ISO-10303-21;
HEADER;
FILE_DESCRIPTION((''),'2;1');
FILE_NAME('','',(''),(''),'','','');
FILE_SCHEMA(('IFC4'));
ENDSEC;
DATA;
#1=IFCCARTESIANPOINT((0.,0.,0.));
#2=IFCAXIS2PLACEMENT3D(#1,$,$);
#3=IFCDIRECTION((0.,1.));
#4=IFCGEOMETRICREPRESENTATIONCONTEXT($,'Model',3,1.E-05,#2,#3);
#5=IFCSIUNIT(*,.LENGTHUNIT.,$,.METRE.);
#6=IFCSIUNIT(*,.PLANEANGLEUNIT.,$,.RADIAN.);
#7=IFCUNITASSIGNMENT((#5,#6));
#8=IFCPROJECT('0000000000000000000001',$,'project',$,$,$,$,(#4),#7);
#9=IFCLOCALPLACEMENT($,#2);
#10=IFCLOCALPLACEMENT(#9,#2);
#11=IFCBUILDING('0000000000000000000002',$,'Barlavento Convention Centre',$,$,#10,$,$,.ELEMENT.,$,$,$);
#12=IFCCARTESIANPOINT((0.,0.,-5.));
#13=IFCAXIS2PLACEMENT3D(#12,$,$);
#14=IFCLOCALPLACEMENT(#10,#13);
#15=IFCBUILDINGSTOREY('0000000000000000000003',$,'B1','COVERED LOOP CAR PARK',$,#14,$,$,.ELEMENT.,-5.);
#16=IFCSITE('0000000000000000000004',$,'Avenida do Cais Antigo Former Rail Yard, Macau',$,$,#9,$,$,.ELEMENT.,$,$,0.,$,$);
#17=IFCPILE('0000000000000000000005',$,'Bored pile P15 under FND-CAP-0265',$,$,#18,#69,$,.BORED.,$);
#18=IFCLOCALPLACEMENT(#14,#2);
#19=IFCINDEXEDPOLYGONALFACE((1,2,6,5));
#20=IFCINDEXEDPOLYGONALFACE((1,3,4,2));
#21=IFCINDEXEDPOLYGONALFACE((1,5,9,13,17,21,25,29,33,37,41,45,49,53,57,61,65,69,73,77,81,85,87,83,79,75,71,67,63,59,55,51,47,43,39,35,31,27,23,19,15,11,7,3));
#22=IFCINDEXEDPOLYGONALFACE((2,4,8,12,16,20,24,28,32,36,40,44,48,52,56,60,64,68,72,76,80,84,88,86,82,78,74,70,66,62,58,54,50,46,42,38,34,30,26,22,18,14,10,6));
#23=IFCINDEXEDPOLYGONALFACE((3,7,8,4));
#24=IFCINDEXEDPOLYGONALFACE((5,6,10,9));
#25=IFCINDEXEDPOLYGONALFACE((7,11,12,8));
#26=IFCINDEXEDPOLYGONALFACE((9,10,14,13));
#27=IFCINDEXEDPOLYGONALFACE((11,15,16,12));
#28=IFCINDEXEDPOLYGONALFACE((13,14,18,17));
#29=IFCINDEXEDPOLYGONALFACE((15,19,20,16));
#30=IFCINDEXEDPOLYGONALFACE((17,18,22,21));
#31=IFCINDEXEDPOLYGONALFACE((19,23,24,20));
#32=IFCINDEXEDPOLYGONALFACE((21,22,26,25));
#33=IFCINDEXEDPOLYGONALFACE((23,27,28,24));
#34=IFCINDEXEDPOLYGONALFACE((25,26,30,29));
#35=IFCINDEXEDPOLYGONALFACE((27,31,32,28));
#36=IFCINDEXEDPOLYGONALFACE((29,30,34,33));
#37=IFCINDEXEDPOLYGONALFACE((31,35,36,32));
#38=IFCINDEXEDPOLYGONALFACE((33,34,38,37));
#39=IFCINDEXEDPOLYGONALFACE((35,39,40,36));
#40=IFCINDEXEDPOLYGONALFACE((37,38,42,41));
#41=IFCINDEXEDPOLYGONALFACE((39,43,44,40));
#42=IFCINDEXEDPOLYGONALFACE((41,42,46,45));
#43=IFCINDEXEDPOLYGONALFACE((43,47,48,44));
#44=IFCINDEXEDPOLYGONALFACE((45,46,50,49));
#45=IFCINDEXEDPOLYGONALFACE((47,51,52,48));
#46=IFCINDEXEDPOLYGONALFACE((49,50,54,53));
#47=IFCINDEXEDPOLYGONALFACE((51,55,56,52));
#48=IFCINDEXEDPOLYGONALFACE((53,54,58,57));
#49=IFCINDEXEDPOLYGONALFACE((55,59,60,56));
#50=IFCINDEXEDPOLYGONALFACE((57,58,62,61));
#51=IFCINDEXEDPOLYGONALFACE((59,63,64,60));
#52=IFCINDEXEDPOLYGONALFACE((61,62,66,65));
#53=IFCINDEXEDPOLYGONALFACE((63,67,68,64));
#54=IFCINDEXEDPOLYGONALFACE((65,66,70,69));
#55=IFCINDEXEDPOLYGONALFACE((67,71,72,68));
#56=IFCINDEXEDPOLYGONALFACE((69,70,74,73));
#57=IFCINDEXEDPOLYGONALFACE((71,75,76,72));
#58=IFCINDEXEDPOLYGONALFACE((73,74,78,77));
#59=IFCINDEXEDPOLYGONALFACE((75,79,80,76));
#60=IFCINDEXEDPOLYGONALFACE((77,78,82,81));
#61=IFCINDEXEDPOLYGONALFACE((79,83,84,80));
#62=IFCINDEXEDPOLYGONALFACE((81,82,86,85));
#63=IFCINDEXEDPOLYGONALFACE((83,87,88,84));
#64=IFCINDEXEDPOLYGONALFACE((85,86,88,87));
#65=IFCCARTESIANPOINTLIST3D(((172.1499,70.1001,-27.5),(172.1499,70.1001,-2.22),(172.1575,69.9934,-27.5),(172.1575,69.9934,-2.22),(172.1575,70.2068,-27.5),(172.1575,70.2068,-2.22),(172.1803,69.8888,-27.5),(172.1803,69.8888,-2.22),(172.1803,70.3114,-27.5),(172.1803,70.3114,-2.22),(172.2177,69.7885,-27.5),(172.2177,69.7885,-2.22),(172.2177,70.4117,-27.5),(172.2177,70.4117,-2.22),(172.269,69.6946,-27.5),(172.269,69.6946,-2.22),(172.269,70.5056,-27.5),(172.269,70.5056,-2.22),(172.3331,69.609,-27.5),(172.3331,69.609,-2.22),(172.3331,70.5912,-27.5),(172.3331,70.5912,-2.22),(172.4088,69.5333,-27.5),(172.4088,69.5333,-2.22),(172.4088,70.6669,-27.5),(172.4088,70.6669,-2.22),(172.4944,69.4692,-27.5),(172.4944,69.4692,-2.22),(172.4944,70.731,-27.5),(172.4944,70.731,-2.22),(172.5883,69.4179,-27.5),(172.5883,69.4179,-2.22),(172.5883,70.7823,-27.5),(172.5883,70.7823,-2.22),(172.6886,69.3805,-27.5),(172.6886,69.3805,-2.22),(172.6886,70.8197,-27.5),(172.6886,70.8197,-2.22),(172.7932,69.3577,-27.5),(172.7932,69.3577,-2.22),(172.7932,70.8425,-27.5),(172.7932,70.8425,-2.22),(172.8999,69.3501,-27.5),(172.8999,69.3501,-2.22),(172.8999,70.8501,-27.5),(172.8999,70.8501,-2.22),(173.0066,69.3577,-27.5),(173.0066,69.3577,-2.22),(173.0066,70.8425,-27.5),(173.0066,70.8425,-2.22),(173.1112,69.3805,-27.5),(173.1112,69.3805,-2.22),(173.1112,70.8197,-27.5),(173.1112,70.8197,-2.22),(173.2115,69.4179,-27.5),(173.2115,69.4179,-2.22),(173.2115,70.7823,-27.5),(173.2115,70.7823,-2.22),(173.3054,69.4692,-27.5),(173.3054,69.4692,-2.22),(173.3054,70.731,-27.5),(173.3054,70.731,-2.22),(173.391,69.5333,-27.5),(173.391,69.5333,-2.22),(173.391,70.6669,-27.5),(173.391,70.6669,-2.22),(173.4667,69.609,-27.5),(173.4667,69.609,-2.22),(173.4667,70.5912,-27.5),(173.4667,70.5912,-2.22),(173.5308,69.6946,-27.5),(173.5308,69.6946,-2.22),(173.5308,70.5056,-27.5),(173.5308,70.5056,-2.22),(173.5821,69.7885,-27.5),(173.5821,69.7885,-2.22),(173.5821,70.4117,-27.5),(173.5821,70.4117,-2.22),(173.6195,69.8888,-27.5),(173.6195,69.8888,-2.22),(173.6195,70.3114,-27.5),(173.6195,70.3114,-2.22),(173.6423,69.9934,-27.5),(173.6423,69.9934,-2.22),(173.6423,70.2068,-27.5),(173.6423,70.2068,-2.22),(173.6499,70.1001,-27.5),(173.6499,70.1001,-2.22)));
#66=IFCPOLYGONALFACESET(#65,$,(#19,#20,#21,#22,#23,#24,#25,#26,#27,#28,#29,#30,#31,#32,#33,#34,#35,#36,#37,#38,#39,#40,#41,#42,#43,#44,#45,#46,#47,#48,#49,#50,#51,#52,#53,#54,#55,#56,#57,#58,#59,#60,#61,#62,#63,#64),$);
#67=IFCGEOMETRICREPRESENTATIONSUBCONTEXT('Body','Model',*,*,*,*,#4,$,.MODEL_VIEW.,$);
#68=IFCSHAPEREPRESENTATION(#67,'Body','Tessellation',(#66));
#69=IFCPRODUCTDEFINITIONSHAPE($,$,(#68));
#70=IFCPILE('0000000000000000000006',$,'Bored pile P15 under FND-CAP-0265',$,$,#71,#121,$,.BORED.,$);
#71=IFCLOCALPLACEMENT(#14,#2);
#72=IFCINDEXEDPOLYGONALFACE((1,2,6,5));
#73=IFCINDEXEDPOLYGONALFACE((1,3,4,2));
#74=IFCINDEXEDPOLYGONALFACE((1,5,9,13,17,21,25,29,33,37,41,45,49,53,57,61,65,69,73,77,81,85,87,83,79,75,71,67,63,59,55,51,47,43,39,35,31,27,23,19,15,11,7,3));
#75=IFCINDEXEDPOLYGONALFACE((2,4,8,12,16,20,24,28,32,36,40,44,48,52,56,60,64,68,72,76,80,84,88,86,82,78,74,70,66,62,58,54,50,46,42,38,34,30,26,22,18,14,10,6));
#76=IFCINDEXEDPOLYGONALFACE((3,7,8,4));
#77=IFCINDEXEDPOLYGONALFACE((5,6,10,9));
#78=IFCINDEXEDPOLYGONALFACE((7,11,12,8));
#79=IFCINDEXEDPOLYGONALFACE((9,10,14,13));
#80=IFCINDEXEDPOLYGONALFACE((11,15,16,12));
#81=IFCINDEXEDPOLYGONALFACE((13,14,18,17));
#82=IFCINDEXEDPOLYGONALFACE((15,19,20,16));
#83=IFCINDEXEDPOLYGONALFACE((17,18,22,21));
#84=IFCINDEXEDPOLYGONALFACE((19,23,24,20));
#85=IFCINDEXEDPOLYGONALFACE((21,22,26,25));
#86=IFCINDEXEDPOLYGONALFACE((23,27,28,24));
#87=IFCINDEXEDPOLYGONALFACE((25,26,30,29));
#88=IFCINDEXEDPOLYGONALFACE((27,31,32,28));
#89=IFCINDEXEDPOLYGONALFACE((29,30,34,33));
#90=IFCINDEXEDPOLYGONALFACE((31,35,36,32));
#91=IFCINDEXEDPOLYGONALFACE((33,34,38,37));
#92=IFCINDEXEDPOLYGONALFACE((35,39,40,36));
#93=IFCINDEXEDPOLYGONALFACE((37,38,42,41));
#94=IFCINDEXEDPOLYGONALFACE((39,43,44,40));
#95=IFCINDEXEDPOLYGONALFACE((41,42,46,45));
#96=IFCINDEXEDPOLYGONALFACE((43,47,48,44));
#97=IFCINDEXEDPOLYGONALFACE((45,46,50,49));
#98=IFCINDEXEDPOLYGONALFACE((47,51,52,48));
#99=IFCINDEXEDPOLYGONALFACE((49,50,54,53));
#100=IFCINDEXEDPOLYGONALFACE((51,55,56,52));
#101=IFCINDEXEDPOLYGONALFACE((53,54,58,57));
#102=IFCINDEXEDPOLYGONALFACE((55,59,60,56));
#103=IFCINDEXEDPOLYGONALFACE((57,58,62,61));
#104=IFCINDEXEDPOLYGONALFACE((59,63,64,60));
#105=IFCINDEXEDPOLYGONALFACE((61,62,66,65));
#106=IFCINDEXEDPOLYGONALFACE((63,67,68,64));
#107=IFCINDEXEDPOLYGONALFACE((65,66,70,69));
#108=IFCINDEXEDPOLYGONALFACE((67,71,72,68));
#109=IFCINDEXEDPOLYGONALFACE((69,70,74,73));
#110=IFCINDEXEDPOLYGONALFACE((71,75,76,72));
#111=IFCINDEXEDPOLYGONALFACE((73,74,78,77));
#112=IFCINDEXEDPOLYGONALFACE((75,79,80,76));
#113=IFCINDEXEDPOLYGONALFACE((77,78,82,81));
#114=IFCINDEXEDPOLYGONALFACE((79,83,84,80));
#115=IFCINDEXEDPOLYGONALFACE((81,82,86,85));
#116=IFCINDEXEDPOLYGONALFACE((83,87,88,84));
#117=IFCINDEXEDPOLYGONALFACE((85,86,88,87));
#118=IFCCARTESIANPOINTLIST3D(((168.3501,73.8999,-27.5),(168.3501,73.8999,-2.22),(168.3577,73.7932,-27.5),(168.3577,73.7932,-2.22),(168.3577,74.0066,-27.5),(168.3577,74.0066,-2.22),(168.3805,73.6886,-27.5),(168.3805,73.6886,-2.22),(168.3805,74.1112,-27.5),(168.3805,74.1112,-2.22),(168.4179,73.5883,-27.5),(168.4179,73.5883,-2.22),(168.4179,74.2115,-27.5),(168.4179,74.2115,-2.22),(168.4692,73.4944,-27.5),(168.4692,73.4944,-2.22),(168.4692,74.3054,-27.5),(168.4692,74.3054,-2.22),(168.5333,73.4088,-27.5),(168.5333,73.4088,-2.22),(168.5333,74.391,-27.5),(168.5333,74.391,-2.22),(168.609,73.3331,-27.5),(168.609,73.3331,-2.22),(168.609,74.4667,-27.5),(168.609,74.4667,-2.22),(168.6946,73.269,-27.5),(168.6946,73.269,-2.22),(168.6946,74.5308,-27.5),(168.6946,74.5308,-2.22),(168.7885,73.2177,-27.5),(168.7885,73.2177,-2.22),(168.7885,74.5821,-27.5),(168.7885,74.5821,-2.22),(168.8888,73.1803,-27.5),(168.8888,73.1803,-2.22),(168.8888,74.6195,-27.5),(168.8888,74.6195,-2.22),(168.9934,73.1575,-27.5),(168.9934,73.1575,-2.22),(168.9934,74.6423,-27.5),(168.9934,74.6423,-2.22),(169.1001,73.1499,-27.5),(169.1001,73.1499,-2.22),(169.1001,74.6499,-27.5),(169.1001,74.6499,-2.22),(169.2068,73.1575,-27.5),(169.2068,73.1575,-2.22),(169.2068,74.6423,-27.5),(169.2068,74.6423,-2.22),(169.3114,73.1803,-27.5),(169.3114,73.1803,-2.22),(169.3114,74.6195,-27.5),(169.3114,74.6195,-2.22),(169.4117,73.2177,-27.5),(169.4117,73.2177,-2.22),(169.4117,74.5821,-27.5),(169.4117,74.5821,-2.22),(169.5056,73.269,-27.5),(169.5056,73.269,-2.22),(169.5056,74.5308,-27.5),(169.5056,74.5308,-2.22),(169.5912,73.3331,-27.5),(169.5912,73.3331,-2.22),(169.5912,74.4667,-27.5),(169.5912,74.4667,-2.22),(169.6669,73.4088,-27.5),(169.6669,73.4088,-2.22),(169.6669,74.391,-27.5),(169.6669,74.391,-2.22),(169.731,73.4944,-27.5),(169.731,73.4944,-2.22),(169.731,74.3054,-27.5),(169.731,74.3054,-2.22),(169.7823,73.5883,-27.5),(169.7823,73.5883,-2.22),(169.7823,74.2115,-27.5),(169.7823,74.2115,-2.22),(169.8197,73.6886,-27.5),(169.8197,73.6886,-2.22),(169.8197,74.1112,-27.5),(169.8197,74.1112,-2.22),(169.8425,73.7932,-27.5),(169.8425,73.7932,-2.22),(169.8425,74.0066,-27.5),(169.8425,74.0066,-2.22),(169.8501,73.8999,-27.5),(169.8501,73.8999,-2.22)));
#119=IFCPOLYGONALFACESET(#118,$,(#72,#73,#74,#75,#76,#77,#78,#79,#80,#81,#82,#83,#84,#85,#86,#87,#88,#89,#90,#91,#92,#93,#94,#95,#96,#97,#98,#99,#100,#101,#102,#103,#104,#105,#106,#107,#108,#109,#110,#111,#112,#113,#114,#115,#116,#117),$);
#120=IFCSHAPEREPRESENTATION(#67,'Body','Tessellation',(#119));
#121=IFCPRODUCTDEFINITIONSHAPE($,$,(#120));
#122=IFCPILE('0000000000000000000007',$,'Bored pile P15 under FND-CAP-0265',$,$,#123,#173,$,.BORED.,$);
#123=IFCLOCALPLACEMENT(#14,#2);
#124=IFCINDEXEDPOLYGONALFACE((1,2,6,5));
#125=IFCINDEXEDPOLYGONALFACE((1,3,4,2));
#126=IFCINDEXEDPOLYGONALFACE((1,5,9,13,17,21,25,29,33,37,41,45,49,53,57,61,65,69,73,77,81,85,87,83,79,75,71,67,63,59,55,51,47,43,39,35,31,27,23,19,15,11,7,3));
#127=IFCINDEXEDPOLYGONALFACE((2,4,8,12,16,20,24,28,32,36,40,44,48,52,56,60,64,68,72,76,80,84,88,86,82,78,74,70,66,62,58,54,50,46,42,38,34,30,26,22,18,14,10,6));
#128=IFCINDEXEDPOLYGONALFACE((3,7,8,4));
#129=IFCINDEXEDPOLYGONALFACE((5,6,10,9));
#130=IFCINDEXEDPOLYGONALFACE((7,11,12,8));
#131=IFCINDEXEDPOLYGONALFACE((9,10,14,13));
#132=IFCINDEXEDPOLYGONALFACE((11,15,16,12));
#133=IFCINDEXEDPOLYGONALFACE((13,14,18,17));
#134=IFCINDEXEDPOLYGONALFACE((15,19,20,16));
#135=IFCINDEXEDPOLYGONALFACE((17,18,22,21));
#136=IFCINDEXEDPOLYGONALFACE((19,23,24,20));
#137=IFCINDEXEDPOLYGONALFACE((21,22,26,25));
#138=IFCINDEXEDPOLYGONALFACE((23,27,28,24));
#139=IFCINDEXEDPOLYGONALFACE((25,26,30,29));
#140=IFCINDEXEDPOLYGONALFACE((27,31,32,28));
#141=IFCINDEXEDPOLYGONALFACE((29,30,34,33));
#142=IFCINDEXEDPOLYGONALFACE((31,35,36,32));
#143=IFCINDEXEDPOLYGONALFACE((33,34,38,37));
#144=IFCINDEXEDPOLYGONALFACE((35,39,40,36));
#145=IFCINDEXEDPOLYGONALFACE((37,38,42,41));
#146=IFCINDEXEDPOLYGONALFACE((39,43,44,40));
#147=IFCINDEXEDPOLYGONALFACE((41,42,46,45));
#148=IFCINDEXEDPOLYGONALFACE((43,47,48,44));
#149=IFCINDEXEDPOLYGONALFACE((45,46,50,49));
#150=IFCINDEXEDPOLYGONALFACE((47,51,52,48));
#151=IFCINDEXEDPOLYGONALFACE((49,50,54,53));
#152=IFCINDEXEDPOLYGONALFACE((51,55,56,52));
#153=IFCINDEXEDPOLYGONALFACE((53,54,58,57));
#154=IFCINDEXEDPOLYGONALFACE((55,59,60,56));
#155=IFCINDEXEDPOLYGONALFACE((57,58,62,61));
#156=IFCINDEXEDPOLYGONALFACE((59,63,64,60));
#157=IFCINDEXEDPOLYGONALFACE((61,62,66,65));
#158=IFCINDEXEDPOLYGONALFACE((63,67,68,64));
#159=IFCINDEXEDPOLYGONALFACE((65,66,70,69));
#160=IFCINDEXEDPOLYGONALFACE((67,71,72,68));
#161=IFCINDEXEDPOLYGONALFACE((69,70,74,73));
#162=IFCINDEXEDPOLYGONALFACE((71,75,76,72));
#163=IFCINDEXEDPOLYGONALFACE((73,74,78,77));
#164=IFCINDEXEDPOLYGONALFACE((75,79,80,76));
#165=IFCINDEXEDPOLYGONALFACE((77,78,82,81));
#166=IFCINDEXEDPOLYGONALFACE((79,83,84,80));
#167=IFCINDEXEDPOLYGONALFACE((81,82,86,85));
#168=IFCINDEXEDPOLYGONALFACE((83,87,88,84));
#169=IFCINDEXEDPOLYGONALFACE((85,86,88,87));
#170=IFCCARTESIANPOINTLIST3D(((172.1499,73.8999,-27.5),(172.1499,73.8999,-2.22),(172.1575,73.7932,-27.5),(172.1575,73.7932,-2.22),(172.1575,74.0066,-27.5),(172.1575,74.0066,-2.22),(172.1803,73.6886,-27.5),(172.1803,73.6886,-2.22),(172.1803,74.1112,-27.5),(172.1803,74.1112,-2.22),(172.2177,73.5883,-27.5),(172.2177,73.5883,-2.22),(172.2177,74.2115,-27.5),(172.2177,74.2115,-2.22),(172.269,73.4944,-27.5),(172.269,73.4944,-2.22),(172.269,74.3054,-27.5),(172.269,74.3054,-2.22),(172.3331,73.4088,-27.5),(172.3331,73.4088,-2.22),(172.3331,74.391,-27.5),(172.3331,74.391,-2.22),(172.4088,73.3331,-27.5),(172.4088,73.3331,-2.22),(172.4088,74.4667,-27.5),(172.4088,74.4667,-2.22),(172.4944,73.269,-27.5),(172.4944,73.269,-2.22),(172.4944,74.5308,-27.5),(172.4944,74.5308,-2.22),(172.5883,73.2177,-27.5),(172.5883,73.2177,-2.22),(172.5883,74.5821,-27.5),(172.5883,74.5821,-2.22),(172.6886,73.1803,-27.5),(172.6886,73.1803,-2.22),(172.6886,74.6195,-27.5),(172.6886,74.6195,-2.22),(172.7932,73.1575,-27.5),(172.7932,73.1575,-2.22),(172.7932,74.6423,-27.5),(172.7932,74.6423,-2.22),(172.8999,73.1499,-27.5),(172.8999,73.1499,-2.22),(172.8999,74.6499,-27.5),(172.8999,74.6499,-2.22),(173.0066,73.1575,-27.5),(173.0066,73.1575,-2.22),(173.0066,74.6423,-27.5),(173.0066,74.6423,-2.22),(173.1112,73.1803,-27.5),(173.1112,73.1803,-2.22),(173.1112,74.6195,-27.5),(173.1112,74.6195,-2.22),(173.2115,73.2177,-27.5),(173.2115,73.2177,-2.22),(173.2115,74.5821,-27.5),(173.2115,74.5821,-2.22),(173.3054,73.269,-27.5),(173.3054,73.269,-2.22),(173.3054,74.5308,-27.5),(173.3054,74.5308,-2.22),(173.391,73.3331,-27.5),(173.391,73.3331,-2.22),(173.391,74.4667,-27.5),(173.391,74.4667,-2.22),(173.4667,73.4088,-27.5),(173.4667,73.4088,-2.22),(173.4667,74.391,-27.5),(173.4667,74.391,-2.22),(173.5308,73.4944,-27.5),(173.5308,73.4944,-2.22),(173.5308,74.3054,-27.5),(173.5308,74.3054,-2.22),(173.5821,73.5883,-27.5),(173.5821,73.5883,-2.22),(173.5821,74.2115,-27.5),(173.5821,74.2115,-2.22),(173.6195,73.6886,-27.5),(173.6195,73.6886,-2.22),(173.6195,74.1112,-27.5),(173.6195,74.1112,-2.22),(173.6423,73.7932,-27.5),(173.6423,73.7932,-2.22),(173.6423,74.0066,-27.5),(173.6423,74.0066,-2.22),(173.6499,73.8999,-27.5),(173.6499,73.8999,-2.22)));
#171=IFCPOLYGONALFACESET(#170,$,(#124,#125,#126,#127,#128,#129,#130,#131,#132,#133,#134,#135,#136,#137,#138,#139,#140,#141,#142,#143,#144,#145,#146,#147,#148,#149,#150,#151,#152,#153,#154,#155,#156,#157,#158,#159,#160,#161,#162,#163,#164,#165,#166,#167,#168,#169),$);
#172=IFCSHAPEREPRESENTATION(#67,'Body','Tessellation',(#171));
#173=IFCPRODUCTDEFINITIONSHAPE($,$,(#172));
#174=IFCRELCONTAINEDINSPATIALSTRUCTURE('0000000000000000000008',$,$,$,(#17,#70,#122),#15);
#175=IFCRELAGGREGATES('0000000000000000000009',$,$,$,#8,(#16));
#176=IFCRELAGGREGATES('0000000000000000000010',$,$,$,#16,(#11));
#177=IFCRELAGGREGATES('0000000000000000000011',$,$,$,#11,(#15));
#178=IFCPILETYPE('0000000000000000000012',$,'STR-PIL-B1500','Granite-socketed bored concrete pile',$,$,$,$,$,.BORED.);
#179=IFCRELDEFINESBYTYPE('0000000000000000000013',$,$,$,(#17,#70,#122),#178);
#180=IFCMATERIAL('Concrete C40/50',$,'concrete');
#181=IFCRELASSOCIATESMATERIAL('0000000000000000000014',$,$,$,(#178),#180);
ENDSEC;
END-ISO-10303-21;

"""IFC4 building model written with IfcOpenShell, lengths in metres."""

from ifc_helpers import new_model, si_unit, direction, frame, origin, origin_2d, place, context, subcontext, project, spatial, circle, extrude, material, material_profile, profile_set, type_object, element, save


model = new_model("IFC4")

# Units and contexts
model_context = context("Model", 3, precision=1e-05, world=origin(), true_north=direction((0.0, 1.0)))
body_context = subcontext(model_context, "Body", "Model", "MODEL_VIEW")
ifc_project = project(units=[si_unit("LENGTHUNIT", "METRE"), si_unit("PLANEANGLEUNIT", "RADIAN")], contexts=[model_context])

# Site, building, storey
site_placement = place(None, origin())
site = spatial("IfcSite", under=ifc_project, at=site_placement, Name="Avenida do Cais Antigo Former Rail Yard, Macau", CompositionType="ELEMENT", RefElevation=0.0)
building_placement = place(site_placement, origin())
building = spatial("IfcBuilding", under=site, at=building_placement, Name="Barlavento Convention Centre", CompositionType="ELEMENT")
storey_placement = place(building_placement, frame((0.0, 0.0, -5.0)))
storey = spatial("IfcBuildingStorey", under=building, at=storey_placement, Name="B1", Description="COVERED LOOP CAR PARK", CompositionType="ELEMENT", Elevation=-5.0)

# Shared definitions
ifc_material_1 = material(Name="Concrete C40/50", Category="concrete")

# Piles
ifc_material_profile_1 = material_profile(ifc_material_1, circle(Radius=0.75, at=origin_2d()), Name="BORED PILE 1500")
ifc_profile_set_1 = profile_set([ifc_material_profile_1], Name="Concrete C40/50")
pile_type_1 = type_object("IfcPileType", Name="STR-PIL-B1500", Description="Granite-socketed bored concrete pile", PredefinedType="BORED", material=ifc_profile_set_1)
for number, where, z_axis, x_axis, name in (
    (1, (172.8999, 70.1001, -2.22), (0.0, 0.0, -1.0), (1.0, 0.0, 0.0), "Bored pile P15 under FND-CAP-0265"),
    (2, (169.1001, 73.8999, -2.22), (0.0, 0.0, -1.0), (1.0, 0.0, 0.0), "Bored pile P15 under FND-CAP-0265"),
    (3, (172.8999, 73.8999, -2.22), (0.0, 0.0, -1.0), (1.0, 0.0, 0.0), "Bored pile P15 under FND-CAP-0265"),
):
    element("IfcPile", number, at=place(storey_placement, frame(where, z_axis=z_axis, x_axis=x_axis)), inside=storey, type_object=pile_type_1, Name=name, PredefinedType="BORED", context=body_context, shape_type="SweptSolid", body=[
        extrude(circle(Radius=0.75, at=origin_2d()), origin(), (0.0, 0.0, 1.0), 25.28),
    ])

save(model, "model.ifc")
